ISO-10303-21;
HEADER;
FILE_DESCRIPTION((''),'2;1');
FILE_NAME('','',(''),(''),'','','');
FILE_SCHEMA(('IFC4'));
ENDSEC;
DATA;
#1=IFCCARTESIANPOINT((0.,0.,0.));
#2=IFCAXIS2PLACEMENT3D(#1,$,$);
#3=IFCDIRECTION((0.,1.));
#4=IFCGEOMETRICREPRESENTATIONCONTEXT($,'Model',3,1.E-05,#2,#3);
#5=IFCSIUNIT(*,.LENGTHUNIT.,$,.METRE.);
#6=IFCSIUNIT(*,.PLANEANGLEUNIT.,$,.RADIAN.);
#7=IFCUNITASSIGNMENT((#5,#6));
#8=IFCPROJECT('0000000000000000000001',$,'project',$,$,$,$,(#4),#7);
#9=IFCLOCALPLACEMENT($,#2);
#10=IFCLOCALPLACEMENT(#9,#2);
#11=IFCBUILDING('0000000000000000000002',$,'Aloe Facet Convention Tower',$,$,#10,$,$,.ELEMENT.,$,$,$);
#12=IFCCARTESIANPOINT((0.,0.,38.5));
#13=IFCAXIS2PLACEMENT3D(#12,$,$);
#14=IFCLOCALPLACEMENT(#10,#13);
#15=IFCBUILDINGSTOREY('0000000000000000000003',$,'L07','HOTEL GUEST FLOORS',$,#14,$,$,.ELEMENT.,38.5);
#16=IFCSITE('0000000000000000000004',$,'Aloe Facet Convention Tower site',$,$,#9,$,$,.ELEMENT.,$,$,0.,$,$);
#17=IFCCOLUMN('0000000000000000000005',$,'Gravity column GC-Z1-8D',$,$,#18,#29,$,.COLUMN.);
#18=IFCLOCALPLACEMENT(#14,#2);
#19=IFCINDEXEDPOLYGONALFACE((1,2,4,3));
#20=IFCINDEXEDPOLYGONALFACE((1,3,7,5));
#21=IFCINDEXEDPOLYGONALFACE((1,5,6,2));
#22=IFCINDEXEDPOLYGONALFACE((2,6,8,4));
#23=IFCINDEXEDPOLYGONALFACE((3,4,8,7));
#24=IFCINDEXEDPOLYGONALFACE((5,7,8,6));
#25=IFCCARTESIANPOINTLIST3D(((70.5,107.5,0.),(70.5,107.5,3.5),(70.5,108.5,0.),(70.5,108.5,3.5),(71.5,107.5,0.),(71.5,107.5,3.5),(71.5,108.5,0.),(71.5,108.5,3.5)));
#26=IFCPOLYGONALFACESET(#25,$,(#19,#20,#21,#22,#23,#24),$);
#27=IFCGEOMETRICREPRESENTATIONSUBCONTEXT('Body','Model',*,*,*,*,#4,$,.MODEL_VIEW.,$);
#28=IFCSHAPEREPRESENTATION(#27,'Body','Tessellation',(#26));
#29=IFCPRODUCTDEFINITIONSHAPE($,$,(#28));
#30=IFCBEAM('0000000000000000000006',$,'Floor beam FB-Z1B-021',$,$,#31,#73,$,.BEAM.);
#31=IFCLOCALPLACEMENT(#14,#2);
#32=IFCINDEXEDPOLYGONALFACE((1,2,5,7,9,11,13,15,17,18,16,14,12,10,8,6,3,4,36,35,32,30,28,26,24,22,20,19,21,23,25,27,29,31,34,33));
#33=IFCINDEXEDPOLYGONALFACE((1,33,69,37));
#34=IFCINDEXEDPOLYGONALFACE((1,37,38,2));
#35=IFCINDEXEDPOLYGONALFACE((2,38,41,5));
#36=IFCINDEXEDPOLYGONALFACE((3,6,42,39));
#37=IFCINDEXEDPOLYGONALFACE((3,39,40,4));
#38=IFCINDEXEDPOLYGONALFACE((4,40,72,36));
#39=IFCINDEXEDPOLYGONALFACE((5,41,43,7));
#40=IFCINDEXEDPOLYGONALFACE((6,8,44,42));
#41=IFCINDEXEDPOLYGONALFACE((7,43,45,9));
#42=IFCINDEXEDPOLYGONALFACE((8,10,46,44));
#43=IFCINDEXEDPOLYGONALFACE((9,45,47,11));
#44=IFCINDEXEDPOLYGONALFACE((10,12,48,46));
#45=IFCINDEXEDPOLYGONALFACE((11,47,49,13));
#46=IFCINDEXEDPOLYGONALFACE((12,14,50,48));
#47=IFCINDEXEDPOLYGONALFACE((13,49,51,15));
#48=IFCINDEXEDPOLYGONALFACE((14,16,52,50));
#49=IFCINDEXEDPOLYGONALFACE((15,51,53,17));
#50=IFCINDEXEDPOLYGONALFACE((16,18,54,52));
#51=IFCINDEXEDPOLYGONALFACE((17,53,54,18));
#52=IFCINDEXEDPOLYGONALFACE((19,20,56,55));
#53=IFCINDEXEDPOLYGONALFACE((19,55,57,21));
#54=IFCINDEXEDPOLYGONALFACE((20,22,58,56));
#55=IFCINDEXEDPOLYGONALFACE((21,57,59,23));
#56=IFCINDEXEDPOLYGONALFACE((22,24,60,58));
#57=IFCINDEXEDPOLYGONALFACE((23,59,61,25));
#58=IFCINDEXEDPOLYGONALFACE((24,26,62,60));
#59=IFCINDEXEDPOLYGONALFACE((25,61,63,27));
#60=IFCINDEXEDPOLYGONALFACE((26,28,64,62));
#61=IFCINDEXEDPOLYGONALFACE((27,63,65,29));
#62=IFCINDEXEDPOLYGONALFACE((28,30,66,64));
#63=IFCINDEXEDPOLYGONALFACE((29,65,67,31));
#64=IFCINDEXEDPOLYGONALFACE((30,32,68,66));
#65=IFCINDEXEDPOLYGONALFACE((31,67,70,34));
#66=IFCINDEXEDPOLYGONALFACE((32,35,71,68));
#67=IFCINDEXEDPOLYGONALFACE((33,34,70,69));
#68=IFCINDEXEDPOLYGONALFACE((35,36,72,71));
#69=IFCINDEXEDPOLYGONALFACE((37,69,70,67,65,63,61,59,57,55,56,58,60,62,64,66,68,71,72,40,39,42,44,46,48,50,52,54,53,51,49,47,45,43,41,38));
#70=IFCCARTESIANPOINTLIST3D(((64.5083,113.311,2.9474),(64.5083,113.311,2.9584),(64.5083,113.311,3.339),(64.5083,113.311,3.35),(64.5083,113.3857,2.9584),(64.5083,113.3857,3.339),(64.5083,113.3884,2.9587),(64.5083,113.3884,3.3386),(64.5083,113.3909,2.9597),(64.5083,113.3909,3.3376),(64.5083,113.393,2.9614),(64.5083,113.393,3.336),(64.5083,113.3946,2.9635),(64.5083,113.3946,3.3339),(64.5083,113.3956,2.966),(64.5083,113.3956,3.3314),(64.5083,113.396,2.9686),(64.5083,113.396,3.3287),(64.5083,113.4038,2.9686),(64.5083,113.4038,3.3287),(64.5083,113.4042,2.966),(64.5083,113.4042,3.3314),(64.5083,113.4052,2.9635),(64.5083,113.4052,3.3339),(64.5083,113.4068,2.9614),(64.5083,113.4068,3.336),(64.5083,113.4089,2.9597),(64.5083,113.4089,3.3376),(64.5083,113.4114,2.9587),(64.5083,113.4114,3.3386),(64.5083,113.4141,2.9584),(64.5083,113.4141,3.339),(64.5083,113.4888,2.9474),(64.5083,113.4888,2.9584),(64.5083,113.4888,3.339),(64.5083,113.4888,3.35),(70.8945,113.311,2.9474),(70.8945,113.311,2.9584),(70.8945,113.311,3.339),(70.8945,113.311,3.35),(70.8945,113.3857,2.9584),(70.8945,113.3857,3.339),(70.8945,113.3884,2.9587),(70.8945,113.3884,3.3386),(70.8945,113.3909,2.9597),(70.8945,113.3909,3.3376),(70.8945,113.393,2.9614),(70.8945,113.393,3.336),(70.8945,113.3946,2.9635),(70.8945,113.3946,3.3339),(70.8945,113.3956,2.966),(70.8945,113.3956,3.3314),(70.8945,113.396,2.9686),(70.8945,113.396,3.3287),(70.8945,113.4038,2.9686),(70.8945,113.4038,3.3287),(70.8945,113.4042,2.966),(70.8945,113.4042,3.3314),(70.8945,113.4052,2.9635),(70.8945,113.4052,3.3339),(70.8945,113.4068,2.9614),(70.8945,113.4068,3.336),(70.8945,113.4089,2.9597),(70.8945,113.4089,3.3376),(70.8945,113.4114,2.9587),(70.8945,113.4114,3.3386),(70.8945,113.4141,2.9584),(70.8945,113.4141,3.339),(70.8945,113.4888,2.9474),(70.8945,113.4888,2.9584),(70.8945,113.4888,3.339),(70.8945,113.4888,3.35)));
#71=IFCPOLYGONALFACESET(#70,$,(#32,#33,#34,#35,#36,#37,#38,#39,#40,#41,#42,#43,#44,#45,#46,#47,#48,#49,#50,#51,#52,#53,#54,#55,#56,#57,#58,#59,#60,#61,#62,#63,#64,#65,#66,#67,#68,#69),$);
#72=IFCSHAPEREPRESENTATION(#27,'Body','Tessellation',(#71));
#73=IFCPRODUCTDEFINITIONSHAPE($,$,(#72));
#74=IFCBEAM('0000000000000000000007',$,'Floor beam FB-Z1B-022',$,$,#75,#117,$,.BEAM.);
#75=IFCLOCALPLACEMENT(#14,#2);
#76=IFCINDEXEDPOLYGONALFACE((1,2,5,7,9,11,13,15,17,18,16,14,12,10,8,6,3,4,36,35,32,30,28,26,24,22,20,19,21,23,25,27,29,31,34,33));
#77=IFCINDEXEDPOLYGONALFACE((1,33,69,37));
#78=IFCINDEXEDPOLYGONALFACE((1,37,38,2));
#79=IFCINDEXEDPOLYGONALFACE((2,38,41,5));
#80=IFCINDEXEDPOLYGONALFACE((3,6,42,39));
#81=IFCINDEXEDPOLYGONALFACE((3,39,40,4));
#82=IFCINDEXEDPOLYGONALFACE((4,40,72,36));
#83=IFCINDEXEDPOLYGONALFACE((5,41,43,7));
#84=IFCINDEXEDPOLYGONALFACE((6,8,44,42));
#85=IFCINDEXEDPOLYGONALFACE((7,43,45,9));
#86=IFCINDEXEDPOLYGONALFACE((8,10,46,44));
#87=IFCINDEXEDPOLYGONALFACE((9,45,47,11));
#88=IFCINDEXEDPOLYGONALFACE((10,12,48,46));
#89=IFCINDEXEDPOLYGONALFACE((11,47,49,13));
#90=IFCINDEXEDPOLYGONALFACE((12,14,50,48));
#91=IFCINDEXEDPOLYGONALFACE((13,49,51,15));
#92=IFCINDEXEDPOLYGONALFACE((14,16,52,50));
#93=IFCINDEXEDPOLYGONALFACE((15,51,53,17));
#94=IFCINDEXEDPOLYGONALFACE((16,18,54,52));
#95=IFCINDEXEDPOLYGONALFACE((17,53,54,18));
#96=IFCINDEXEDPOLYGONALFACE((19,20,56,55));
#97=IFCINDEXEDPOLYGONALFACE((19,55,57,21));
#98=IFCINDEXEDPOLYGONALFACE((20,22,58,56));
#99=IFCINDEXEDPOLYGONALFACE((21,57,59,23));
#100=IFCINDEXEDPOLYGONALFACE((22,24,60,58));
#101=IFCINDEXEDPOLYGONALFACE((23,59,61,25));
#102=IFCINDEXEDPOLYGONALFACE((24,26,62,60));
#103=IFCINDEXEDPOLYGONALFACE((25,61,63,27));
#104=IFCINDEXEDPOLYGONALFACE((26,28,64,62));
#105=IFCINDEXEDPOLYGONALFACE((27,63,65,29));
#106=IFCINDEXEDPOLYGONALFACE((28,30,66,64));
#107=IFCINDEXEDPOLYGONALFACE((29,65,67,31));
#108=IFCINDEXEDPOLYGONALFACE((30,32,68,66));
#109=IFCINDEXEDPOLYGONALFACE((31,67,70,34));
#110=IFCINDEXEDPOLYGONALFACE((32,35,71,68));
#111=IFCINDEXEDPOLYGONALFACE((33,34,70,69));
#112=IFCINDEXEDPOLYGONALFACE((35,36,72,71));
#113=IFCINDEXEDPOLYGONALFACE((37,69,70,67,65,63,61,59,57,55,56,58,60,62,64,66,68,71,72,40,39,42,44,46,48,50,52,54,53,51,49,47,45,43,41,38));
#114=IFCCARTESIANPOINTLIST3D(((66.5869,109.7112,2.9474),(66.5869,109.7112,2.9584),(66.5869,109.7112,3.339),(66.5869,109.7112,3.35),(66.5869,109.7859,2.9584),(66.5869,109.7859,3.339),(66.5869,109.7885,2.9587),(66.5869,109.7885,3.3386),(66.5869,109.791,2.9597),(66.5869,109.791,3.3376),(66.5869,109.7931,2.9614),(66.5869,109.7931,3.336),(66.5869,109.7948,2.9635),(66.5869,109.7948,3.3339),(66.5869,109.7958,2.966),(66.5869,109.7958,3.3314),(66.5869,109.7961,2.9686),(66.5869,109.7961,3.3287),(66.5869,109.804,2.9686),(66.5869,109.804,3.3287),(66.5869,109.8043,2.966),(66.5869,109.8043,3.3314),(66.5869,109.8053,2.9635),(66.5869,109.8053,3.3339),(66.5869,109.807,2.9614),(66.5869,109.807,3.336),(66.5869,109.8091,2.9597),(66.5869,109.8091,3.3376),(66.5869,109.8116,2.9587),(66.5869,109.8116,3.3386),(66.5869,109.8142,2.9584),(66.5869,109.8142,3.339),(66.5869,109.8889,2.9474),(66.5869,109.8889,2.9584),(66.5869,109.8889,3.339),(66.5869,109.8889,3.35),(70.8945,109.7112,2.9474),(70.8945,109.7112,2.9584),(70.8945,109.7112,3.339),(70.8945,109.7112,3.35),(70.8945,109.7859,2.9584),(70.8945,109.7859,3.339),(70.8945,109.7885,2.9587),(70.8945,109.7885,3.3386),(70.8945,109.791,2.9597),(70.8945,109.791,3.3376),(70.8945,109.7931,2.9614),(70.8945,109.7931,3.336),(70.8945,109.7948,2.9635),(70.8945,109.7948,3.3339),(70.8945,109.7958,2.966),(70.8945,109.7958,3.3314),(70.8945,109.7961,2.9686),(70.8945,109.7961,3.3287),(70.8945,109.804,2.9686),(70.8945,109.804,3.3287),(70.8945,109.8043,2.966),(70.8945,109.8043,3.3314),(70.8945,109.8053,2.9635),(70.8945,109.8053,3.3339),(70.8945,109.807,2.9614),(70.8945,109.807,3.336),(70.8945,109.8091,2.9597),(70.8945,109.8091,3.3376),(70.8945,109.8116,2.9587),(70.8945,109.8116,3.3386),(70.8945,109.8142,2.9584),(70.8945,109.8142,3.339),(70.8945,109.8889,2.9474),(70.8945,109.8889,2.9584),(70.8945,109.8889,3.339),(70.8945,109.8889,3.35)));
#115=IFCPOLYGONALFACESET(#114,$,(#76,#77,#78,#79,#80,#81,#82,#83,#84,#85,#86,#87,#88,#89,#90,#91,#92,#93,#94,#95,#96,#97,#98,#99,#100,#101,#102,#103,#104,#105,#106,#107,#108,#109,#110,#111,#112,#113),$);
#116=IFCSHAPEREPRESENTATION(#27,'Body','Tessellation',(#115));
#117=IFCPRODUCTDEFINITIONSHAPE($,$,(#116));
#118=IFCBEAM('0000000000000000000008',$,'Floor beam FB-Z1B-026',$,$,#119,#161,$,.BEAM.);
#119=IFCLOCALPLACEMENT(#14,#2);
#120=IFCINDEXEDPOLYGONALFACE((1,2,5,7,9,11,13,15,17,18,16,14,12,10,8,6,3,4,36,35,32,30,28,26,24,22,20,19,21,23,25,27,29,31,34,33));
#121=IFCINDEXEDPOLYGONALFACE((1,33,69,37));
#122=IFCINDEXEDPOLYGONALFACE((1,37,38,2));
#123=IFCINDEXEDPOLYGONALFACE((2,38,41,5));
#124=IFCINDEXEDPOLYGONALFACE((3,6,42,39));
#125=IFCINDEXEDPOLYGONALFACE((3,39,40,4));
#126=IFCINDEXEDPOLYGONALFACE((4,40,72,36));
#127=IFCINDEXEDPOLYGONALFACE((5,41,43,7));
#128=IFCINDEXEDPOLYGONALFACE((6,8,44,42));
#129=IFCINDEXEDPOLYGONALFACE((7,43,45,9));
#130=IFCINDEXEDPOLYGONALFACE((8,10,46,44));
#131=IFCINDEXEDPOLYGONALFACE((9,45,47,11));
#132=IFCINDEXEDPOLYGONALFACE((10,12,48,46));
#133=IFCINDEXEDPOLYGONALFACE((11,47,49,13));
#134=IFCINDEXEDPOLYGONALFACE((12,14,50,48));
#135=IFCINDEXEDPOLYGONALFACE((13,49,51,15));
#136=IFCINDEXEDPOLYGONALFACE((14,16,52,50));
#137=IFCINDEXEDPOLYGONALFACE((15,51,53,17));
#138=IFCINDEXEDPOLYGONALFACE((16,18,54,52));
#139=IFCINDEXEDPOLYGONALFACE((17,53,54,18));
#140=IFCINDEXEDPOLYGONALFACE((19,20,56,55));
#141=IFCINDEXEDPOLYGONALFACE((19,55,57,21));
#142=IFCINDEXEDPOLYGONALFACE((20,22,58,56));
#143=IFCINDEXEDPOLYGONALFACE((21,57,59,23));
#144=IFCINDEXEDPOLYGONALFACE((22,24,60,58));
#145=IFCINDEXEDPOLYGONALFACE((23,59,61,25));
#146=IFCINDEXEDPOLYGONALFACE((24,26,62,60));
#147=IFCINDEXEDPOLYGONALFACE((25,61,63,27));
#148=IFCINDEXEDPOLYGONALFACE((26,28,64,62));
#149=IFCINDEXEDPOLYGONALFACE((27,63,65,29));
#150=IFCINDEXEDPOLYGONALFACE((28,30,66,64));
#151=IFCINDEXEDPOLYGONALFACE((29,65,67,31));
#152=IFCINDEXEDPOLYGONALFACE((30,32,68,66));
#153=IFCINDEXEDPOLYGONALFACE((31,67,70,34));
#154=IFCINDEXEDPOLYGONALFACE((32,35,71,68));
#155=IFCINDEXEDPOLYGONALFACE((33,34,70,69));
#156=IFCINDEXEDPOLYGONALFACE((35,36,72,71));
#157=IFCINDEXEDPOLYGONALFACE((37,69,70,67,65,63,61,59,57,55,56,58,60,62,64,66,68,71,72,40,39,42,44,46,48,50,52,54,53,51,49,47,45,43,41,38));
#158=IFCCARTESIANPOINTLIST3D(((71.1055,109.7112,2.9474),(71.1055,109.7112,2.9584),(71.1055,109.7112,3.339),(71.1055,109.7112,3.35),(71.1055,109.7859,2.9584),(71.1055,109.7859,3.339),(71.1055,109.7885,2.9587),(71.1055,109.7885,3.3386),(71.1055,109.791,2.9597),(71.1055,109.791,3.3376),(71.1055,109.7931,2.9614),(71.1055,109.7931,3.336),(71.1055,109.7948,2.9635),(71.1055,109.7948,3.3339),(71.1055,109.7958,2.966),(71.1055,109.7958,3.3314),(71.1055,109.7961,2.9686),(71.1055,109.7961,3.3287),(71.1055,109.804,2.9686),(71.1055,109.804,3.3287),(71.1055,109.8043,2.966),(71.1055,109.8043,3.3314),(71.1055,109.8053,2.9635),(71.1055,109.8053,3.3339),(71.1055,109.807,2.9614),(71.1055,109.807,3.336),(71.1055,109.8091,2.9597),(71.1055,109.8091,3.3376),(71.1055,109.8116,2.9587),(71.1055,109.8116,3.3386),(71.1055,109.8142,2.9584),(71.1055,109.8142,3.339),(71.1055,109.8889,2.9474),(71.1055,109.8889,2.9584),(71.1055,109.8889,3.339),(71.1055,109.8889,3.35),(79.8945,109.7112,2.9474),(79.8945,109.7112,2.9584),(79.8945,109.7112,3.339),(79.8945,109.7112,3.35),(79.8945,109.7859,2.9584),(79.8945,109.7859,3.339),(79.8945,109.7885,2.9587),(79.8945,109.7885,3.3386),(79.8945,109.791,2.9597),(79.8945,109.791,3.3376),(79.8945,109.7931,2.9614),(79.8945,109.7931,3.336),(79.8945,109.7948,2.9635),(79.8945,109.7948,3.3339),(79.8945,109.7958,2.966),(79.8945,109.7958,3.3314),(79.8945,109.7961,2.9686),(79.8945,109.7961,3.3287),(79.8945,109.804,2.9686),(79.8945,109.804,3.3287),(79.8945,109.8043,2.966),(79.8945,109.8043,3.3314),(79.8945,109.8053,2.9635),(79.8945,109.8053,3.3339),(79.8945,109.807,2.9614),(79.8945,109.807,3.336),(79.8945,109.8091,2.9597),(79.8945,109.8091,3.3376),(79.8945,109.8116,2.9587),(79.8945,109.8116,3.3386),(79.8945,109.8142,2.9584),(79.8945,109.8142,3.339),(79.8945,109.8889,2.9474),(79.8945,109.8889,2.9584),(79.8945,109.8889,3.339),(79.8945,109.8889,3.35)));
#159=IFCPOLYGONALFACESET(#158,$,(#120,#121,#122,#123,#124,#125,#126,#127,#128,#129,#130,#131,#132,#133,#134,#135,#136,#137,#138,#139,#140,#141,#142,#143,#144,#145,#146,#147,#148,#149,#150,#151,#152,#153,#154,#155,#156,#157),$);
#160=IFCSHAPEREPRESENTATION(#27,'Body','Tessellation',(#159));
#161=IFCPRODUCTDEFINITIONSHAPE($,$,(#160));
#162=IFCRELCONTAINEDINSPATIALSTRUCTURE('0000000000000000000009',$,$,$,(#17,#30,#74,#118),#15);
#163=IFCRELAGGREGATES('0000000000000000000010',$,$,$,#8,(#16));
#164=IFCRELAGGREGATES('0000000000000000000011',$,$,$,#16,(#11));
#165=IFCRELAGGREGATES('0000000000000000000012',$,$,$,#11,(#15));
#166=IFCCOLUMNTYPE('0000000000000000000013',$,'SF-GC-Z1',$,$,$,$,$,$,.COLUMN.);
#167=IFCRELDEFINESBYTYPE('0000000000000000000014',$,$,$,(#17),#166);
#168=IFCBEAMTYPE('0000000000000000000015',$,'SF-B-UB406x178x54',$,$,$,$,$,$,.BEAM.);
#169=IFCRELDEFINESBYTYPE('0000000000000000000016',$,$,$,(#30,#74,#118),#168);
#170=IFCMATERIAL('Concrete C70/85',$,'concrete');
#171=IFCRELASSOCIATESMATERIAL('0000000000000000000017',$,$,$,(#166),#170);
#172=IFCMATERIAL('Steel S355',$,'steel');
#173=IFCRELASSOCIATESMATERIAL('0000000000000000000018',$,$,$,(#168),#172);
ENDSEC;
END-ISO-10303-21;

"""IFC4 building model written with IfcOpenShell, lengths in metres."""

from ifc_helpers import new_model, si_unit, direction, frame, origin, origin_2d, place, context, subcontext, project, spatial, rectangle, i_section, extrude, material, material_profile, profile_set, type_object, element, save


model = new_model("IFC4")

# Units and contexts
model_context = context("Model", 3, precision=1e-05, world=origin(), true_north=direction((0.0, 1.0)))
body_context = subcontext(model_context, "Body", "Model", "MODEL_VIEW")
ifc_project = project(units=[si_unit("LENGTHUNIT", "METRE"), si_unit("PLANEANGLEUNIT", "RADIAN")], contexts=[model_context])

# Site, building, storey
site_placement = place(None, origin())
site = spatial("IfcSite", under=ifc_project, at=site_placement, Name="Aloe Facet Convention Tower site", CompositionType="ELEMENT", RefElevation=0.0)
building_placement = place(site_placement, origin())
building = spatial("IfcBuilding", under=site, at=building_placement, Name="Aloe Facet Convention Tower", CompositionType="ELEMENT")
storey_placement = place(building_placement, frame((0.0, 0.0, 38.5)))
storey = spatial("IfcBuildingStorey", under=building, at=storey_placement, Name="L07", Description="HOTEL GUEST FLOORS", CompositionType="ELEMENT", Elevation=38.5)

# Column
ifc_material_1 = material(Name="Concrete C70/85", Category="concrete")
ifc_material_profile_1 = material_profile(ifc_material_1, rectangle(XDim=1.0, YDim=1.0, at=origin_2d()), Name="SF-GC-Z1")
ifc_profile_set_1 = profile_set([ifc_material_profile_1], Name="Concrete C70/85")
column_type = type_object("IfcColumnType", Name="SF-GC-Z1", PredefinedType="COLUMN", material=ifc_profile_set_1)
column_placement = place(storey_placement, frame((71.0, 108.0, 0.0), z_axis=(0.0, 0.0, 1.0), x_axis=(1.0, 0.0, 0.0)))
element("IfcColumn", 1, at=column_placement, inside=storey, type_object=column_type, Name="Gravity column GC-Z1-8D", PredefinedType="COLUMN", context=body_context, shape_type="SweptSolid", body=[
    extrude(rectangle(XDim=1.0, YDim=1.0, at=origin_2d()), origin(), (0.0, 0.0, 1.0), 3.5),
])

# Beams
ifc_material_2 = material(Name="Steel S355", Category="steel")
ifc_material_profile_2 = material_profile(ifc_material_2, i_section(OverallWidth=0.1777, OverallDepth=0.4026, WebThickness=0.0078, FlangeThickness=0.011, FilletRadius=0.0103, at=origin_2d()), Name="UB 406x178x54")
ifc_profile_set_2 = profile_set([ifc_material_profile_2], Name="Steel S355")
beam_type = type_object("IfcBeamType", Name="SF-B-UB406x178x54", PredefinedType="BEAM", material=ifc_profile_set_2)
beam_1_placement = place(storey_placement, frame((64.5083, 113.3999, 3.1487), z_axis=(1.0, 0.0, 0.0), x_axis=(0.0, 1.0, 0.0)))
element("IfcBeam", 2, at=beam_1_placement, inside=storey, type_object=beam_type, Name="Floor beam FB-Z1B-021", PredefinedType="BEAM", context=body_context, shape_type="SweptSolid", body=[
    extrude(i_section(OverallWidth=0.1777, OverallDepth=0.4026, WebThickness=0.0078, FlangeThickness=0.011, FilletRadius=0.0103, at=origin_2d()), origin(), (0.0, 0.0, 1.0), 6.3862),
])
beam_2_placement = place(storey_placement, frame((66.5869, 109.8, 3.1487), z_axis=(1.0, 0.0, 0.0), x_axis=(0.0, 1.0, 0.0)))
element("IfcBeam", 3, at=beam_2_placement, inside=storey, type_object=beam_type, Name="Floor beam FB-Z1B-022", PredefinedType="BEAM", context=body_context, shape_type="SweptSolid", body=[
    extrude(i_section(OverallWidth=0.1777, OverallDepth=0.4026, WebThickness=0.0078, FlangeThickness=0.011, FilletRadius=0.0103, at=origin_2d()), origin(), (0.0, 0.0, 1.0), 4.3076),
])
for number, where, z_axis, x_axis, name in (
    (4, (71.1055, 109.8, 3.1487), (1.0, 0.0, 0.0), (0.0, 1.0, 0.0), "Floor beam FB-Z1B-026"),
):
    element("IfcBeam", number, at=place(storey_placement, frame(where, z_axis=z_axis, x_axis=x_axis)), inside=storey, type_object=beam_type, Name=name, PredefinedType="BEAM", context=body_context, shape_type="SweptSolid", body=[
        extrude(i_section(OverallWidth=0.1777, OverallDepth=0.4026, WebThickness=0.0078, FlangeThickness=0.011, FilletRadius=0.0103, at=origin_2d()), origin(), (0.0, 0.0, 1.0), 8.7891),
    ])

save(model, "model.ifc")
